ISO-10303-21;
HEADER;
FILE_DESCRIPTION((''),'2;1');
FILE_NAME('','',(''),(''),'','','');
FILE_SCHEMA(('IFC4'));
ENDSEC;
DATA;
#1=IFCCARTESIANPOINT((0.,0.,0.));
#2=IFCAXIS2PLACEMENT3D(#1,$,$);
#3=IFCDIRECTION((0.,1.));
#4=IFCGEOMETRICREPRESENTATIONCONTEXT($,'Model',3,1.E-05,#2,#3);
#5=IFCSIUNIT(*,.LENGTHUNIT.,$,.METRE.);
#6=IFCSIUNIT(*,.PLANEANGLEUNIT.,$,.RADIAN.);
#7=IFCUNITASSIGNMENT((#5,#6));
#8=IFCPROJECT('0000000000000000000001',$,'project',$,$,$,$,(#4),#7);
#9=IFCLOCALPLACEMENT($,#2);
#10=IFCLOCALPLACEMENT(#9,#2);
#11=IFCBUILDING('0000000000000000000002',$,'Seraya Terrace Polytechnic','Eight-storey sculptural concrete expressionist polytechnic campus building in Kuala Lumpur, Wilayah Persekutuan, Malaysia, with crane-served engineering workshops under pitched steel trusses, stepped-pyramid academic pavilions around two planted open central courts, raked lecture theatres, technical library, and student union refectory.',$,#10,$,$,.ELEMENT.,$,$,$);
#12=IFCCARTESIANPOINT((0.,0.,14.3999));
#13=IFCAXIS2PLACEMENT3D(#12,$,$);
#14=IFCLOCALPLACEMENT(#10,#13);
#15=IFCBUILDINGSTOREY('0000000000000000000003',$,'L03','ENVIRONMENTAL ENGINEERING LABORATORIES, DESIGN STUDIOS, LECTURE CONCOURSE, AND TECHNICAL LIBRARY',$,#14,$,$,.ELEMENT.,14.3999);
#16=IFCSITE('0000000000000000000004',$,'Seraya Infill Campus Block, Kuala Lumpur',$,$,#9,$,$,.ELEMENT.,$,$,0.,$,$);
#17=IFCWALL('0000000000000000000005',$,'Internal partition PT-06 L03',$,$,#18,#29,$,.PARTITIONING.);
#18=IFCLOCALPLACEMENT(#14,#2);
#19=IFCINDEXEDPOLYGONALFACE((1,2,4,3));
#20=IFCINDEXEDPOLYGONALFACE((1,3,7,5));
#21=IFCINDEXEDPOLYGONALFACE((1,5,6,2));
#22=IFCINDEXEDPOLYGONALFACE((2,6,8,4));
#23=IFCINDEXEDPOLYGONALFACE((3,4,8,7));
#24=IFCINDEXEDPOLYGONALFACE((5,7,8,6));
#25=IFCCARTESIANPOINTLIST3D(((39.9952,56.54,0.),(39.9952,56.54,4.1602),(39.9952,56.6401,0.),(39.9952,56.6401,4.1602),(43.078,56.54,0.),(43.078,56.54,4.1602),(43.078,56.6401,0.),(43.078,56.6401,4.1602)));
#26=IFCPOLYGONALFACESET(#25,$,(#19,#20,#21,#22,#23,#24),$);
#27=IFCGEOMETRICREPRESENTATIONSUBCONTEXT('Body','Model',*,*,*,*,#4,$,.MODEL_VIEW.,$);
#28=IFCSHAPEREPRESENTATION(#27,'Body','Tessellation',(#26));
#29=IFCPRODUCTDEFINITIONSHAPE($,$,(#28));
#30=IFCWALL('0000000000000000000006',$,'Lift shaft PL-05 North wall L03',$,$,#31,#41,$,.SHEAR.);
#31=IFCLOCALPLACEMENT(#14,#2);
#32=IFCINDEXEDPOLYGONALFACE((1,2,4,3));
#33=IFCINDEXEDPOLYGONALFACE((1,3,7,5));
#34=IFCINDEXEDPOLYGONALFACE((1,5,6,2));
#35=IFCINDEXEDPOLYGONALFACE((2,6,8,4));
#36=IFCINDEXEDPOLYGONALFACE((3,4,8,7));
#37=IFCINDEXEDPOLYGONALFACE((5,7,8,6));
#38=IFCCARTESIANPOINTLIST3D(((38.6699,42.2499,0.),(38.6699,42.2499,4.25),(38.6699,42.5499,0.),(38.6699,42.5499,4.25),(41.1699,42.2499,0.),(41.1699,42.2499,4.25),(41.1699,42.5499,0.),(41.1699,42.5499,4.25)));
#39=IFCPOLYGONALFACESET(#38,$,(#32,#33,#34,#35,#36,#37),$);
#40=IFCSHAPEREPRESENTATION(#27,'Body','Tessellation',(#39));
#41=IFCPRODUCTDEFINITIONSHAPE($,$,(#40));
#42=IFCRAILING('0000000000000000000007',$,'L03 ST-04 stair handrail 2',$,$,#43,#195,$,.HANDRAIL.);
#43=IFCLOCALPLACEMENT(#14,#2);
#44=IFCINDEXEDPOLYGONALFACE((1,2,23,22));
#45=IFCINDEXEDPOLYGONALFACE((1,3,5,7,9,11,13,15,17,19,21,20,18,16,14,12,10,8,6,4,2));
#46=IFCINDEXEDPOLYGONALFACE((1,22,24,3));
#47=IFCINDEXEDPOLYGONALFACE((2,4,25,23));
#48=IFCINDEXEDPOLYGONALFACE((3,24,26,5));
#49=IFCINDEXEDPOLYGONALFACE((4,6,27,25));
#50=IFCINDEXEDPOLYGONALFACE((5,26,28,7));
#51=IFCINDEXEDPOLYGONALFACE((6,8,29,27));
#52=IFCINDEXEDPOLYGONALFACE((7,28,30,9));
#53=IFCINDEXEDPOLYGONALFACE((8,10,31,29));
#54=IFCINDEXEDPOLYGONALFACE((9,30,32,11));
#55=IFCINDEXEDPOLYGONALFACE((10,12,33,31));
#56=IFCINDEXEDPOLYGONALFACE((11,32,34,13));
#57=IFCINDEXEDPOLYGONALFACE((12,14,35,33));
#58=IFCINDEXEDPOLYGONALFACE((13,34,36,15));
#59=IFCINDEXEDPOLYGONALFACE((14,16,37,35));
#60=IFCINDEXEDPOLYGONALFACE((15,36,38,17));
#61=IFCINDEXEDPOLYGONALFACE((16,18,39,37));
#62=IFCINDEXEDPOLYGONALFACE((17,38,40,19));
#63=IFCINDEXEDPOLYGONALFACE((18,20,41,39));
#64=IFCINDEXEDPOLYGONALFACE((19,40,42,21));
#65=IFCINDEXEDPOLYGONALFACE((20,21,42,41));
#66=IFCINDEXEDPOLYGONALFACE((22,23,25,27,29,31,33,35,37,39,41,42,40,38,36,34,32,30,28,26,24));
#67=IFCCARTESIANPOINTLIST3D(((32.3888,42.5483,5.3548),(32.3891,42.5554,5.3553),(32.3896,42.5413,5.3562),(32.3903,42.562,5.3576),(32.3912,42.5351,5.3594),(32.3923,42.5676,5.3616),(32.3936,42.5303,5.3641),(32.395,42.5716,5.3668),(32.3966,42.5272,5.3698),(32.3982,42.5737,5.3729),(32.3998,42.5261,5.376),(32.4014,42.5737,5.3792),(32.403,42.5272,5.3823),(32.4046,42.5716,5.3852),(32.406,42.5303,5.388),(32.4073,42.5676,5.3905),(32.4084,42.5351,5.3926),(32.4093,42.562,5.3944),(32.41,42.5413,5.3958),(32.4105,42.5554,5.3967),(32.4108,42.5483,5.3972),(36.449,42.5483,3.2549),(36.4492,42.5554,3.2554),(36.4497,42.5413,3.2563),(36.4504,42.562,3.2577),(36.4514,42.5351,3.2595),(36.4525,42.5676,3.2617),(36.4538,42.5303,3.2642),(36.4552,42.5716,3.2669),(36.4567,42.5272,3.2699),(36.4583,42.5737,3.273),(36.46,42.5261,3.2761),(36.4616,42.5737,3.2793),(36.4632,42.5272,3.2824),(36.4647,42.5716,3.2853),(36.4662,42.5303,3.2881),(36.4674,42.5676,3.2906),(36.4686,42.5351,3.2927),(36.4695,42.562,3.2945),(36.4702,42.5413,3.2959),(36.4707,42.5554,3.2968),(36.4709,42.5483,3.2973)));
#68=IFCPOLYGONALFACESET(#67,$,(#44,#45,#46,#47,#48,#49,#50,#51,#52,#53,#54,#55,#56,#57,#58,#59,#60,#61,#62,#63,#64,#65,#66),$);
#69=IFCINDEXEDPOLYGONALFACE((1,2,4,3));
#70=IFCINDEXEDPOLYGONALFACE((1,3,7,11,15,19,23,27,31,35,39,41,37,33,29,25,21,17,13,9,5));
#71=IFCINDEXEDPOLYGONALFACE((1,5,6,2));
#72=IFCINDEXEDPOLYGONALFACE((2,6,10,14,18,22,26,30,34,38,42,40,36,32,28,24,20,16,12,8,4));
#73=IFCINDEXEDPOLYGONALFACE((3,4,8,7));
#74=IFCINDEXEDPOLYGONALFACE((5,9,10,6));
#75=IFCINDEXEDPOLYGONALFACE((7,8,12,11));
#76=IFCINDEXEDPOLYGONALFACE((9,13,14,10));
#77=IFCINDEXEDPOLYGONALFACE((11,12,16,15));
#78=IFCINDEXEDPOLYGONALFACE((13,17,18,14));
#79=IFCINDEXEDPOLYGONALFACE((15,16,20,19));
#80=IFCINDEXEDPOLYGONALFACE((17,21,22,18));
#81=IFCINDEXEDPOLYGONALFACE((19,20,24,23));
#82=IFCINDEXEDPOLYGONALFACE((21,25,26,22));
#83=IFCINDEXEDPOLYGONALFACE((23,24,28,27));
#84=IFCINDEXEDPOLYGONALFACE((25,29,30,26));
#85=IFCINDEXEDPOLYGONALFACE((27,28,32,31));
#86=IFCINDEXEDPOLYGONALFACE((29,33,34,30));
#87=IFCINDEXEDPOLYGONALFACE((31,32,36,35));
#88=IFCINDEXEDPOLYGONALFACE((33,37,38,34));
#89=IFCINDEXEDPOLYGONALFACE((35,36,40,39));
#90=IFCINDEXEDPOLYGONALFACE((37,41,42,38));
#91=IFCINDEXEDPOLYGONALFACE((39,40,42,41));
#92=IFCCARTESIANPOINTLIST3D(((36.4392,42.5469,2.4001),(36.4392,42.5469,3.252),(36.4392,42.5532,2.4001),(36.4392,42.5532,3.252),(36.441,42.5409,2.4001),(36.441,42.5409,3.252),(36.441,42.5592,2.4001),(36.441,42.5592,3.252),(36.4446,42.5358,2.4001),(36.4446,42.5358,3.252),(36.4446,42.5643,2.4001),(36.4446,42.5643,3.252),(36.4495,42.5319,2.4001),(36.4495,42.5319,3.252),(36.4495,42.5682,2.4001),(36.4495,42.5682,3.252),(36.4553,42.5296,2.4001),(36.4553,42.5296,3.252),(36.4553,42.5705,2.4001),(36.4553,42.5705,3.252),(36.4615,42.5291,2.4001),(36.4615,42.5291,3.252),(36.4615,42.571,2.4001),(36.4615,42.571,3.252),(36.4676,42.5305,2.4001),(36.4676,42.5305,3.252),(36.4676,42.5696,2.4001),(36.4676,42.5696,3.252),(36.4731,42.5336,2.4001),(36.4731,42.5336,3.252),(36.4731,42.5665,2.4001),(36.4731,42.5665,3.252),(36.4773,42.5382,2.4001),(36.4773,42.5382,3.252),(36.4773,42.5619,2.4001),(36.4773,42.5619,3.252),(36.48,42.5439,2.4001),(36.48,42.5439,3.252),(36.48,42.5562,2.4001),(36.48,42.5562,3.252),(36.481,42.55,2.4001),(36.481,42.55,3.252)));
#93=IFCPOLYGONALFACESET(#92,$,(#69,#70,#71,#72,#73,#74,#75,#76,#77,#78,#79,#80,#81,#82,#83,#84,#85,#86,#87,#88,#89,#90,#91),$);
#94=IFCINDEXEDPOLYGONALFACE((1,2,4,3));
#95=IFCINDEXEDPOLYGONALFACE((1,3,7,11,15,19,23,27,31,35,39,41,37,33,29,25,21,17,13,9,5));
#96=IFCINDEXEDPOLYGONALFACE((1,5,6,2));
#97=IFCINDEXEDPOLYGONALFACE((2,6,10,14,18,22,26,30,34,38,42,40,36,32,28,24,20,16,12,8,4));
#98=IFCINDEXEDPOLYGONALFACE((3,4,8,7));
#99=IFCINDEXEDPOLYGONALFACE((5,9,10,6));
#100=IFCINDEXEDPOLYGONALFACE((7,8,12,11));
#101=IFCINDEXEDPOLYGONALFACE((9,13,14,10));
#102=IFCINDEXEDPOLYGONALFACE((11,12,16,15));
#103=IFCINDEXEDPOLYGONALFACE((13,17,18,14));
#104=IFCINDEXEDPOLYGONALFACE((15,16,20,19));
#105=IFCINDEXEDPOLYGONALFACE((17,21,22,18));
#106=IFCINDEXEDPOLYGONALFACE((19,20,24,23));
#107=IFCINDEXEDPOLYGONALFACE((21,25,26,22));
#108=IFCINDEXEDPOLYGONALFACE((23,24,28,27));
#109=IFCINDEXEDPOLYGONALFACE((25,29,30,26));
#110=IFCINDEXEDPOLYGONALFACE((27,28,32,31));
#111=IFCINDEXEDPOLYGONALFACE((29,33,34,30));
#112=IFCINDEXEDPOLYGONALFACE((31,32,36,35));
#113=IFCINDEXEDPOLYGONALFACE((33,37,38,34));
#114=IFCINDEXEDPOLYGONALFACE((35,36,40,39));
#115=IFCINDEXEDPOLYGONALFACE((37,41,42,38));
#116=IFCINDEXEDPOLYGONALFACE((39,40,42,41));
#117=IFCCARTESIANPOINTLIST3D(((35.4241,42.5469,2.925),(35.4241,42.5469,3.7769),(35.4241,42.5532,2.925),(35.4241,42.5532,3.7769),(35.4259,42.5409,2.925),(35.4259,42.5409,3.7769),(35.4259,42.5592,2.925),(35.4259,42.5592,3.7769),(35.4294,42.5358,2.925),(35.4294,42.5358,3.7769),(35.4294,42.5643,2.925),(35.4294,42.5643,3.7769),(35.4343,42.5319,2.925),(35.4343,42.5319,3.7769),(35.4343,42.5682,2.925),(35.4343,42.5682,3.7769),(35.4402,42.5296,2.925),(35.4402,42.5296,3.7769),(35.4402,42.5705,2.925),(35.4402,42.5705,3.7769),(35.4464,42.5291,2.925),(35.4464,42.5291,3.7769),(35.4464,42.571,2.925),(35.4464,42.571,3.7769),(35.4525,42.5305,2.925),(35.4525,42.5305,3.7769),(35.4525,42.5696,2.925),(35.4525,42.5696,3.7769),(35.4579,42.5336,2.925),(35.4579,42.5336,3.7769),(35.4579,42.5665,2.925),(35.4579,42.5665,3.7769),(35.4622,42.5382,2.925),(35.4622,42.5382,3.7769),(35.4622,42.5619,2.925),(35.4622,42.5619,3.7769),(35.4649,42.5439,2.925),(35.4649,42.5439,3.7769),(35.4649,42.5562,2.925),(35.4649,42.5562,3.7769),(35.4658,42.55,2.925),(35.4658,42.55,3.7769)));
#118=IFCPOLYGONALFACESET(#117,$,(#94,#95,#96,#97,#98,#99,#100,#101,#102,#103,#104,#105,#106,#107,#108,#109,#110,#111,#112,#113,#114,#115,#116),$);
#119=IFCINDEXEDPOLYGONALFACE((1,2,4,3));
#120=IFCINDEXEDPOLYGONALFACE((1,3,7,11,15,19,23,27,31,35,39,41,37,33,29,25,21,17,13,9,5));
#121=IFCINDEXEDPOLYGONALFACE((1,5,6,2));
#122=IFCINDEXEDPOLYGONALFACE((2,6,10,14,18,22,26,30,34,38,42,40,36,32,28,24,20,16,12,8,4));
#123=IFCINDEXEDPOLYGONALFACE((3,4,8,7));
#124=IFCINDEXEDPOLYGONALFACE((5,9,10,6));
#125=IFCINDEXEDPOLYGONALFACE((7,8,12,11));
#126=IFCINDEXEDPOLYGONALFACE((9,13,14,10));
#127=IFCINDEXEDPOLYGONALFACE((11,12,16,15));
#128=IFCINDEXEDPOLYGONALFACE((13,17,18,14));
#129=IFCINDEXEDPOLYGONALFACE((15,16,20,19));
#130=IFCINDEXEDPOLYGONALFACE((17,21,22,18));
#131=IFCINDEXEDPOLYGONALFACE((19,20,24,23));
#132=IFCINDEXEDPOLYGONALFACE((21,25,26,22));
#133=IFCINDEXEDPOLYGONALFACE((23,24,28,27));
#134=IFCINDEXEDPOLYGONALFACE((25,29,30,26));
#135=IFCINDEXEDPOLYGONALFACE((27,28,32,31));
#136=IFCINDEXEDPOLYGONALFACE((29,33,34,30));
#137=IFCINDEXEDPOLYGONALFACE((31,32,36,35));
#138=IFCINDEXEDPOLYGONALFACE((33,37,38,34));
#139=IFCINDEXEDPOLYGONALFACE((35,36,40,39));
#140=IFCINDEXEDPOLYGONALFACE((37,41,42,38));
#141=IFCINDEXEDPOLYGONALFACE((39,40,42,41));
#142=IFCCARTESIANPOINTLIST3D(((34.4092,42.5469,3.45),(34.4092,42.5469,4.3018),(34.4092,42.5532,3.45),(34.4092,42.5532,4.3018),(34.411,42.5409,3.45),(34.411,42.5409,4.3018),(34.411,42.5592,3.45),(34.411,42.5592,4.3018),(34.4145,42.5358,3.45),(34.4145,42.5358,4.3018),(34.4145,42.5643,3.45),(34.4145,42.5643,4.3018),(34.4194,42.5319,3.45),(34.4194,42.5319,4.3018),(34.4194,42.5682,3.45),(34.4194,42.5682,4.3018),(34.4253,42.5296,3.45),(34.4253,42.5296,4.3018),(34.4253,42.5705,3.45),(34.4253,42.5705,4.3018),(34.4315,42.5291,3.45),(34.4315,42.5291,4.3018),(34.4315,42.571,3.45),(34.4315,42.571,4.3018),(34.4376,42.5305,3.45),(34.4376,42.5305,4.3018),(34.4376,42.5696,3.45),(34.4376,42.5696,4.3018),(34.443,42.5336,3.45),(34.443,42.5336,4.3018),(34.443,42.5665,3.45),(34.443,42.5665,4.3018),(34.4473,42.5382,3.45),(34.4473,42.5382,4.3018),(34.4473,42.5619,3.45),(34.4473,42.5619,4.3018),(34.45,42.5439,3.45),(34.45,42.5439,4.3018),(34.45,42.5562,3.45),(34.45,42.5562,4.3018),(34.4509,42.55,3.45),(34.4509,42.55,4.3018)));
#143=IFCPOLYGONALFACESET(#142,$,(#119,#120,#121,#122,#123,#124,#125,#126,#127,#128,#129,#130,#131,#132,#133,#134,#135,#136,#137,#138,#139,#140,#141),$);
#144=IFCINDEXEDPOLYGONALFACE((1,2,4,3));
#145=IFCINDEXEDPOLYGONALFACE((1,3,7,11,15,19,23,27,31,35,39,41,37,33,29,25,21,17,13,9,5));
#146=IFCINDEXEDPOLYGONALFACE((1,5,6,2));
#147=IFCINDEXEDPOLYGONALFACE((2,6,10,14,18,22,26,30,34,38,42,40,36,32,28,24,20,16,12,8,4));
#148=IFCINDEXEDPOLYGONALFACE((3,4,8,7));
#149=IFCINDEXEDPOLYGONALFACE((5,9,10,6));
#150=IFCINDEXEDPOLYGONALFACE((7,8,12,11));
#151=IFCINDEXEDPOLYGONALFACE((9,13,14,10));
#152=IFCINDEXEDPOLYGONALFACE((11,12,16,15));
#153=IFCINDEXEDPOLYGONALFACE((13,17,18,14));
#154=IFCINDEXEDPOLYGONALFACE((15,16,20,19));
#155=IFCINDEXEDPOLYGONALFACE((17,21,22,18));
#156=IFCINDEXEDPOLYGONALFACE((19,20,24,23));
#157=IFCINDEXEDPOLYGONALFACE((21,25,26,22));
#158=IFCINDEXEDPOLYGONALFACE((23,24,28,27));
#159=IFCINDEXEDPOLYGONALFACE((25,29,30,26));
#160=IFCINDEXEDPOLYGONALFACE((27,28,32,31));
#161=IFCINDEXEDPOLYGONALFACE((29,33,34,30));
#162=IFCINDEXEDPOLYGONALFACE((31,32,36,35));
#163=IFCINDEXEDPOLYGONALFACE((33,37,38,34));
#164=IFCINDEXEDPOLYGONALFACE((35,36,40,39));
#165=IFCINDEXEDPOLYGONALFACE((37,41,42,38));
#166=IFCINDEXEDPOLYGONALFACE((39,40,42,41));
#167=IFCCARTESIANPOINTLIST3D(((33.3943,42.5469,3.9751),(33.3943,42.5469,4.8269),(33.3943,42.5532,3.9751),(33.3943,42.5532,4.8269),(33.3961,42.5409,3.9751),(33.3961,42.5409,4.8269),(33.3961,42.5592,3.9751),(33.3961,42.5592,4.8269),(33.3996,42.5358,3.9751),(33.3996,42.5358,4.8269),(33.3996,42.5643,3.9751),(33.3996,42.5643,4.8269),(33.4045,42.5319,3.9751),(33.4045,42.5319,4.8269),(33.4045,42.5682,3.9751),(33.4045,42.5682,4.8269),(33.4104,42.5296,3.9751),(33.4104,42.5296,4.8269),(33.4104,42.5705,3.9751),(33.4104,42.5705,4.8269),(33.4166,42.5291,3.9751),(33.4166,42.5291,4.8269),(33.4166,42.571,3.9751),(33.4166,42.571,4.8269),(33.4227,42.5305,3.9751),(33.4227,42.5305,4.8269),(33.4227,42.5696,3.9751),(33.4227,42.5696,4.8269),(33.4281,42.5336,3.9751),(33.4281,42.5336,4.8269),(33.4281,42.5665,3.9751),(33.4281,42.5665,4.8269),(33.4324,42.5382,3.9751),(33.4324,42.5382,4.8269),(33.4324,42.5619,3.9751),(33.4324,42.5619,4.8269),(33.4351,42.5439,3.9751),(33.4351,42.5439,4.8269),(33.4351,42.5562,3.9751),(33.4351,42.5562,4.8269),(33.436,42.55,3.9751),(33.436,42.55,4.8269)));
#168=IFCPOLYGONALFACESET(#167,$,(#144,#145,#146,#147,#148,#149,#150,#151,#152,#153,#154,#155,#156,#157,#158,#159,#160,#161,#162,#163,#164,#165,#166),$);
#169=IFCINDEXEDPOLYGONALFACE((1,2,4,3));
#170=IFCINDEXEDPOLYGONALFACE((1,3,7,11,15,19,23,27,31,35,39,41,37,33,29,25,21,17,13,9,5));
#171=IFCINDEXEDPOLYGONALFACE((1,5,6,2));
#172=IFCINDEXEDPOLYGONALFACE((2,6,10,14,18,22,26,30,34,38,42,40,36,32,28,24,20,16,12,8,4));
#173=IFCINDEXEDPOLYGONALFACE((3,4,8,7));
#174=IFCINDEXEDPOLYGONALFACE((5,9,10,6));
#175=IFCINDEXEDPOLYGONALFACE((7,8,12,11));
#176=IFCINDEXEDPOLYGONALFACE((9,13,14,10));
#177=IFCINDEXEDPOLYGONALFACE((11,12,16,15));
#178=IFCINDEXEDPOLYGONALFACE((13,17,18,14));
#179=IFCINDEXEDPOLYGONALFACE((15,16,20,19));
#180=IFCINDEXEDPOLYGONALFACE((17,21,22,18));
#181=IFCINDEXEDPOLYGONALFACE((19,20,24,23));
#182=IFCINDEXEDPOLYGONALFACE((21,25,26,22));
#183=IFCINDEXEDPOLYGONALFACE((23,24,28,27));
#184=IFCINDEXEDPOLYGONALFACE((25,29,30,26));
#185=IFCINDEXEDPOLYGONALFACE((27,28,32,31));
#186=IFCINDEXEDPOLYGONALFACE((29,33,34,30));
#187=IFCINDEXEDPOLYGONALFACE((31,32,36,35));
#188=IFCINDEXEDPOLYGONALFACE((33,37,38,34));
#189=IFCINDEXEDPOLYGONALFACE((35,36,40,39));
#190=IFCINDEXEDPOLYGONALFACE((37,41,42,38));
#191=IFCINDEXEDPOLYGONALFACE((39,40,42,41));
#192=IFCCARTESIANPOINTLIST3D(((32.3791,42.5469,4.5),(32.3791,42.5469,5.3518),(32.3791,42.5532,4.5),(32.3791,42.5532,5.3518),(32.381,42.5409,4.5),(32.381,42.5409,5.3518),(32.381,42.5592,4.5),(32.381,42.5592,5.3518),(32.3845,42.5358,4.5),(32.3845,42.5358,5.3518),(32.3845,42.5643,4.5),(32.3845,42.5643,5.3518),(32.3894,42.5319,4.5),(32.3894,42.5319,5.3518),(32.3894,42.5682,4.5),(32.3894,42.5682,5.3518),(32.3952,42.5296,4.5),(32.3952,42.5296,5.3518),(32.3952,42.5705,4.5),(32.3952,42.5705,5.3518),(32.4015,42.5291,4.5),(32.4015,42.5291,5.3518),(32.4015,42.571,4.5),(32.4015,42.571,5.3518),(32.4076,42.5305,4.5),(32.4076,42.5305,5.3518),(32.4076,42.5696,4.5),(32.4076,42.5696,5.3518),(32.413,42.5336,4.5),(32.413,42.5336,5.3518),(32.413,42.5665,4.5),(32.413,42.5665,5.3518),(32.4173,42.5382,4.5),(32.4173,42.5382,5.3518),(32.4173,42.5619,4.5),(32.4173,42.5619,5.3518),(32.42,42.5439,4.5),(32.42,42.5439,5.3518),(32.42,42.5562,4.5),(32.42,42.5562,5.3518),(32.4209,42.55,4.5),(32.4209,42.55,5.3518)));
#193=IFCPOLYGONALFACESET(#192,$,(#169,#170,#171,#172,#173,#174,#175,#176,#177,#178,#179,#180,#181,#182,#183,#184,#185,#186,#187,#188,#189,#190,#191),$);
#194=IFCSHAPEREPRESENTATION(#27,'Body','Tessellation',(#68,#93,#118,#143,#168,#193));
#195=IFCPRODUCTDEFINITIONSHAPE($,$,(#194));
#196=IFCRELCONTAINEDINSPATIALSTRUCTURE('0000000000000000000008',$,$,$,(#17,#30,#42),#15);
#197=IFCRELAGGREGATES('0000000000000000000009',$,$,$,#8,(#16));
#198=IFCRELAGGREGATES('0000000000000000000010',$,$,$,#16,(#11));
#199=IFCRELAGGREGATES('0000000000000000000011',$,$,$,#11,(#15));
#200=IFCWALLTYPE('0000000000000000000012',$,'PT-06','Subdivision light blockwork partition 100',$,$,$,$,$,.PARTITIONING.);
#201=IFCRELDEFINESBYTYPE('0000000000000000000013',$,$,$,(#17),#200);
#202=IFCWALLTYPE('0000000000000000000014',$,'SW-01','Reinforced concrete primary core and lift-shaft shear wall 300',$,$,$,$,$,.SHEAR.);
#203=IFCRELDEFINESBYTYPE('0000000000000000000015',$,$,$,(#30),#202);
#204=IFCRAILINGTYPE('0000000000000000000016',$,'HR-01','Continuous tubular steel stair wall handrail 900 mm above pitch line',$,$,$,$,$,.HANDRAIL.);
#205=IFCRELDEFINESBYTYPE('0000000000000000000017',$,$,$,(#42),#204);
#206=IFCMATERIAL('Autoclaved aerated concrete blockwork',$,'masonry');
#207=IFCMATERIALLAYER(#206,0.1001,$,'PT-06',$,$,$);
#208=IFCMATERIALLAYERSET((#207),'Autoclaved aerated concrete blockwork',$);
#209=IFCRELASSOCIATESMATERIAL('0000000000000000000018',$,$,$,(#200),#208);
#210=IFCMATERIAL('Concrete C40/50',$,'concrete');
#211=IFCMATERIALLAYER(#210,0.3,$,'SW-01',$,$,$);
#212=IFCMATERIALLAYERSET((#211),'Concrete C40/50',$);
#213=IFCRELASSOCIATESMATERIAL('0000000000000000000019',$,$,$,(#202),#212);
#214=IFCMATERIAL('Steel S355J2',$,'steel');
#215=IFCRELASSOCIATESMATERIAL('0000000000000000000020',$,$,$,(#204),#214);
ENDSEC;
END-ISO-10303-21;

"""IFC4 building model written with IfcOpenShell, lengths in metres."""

from ifc_helpers import new_model, si_unit, direction, frame, frame_2d, origin, origin_2d, place, context, subcontext, project, spatial, rectangle, circle, extrude, material, layer, layer_set, type_object, element, save


model = new_model("IFC4")

# Units and contexts
model_context = context("Model", 3, precision=1e-05, world=origin(), true_north=direction((0.0, 1.0)))
body_context = subcontext(model_context, "Body", "Model", "MODEL_VIEW")
ifc_project = project(units=[si_unit("LENGTHUNIT", "METRE"), si_unit("PLANEANGLEUNIT", "RADIAN")], contexts=[model_context])

# Site, building, storey
site_placement = place(None, origin())
site = spatial("IfcSite", under=ifc_project, at=site_placement, Name="Seraya Infill Campus Block, Kuala Lumpur", CompositionType="ELEMENT", RefElevation=0.0)
building_placement = place(site_placement, origin())
building = spatial("IfcBuilding", under=site, at=building_placement, Name="Seraya Terrace Polytechnic", Description="Eight-storey sculptural concrete expressionist polytechnic campus building in Kuala Lumpur, Wilayah Persekutuan, Malaysia, with crane-served engineering workshops under pitched steel trusses, stepped-pyramid academic pavilions around two planted open central courts, raked lecture theatres, technical library, and student union refectory.", CompositionType="ELEMENT")
storey_placement = place(building_placement, frame((0.0, 0.0, 14.3999)))
storey = spatial("IfcBuildingStorey", under=building, at=storey_placement, Name="L03", Description="ENVIRONMENTAL ENGINEERING LABORATORIES, DESIGN STUDIOS, LECTURE CONCOURSE, AND TECHNICAL LIBRARY", CompositionType="ELEMENT", Elevation=14.3999)

# Shared definitions
ifc_material_1 = material(Name="Concrete C40/50", Category="concrete")

# Shared definitions
ifc_material_2 = material(Name="Autoclaved aerated concrete blockwork", Category="masonry")

# Walls
ifc_layer_1 = layer(ifc_material_2, 0.1001, Name="PT-06")
ifc_layer_set_1 = layer_set([ifc_layer_1], Name="Autoclaved aerated concrete blockwork")
wall_type_1 = type_object("IfcWallType", Name="PT-06", Description="Subdivision light blockwork partition 100", PredefinedType="PARTITIONING", material=ifc_layer_set_1)
wall_1_placement = place(storey_placement, frame((39.9951, 56.5901, 0.0), z_axis=(0.0, 0.0, 1.0), x_axis=(1.0, 0.0, 0.0)))
element("IfcWall", 1, at=wall_1_placement, inside=storey, type_object=wall_type_1, Name="Internal partition PT-06 L03", PredefinedType="PARTITIONING", context=body_context, shape_type="SweptSolid", body=[
    extrude(rectangle(XDim=3.0828, YDim=0.1001, at=frame_2d((1.5415, 0.0))), origin(), (0.0, 0.0, 1.0), 4.1602),
])
ifc_layer_2 = layer(ifc_material_1, 0.3, Name="SW-01")
ifc_layer_set_2 = layer_set([ifc_layer_2], Name="Concrete C40/50")
wall_type_2 = type_object("IfcWallType", Name="SW-01", Description="Reinforced concrete primary core and lift-shaft shear wall 300", PredefinedType="SHEAR", material=ifc_layer_set_2)
wall_2_placement = place(storey_placement, frame((38.6699, 42.3999, 0.0), z_axis=(0.0, 0.0, 1.0), x_axis=(1.0, 0.0, 0.0)))
element("IfcWall", 2, at=wall_2_placement, inside=storey, type_object=wall_type_2, Name="Lift shaft PL-05 North wall L03", PredefinedType="SHEAR", context=body_context, shape_type="SweptSolid", body=[
    extrude(rectangle(XDim=2.5, YDim=0.3, at=frame_2d((1.25, 0.0))), origin(), (0.0, 0.0, 1.0), 4.25),
])

# Railing
ifc_material_3 = material(Name="Steel S355J2", Category="steel")
railing_type = type_object("IfcRailingType", Name="HR-01", Description="Continuous tubular steel stair wall handrail 900 mm above pitch line", PredefinedType="HANDRAIL", material=ifc_material_3)
railing_placement = place(storey_placement, frame((36.46, 42.55, 2.4001)))
element("IfcRailing", 3, at=railing_placement, inside=storey, type_object=railing_type, Name="L03 ST-04 stair handrail 2", PredefinedType="HANDRAIL", context=body_context, shape_type="SweptSolid", body=[
    extrude(circle(Radius=0.0239, at=origin_2d()), frame((0.0, 0.0, 0.876), z_axis=(-0.888233, 0.0, 0.459392), x_axis=(0.0, -1.0, 0.0)), (0.0, 0.0, 1.0), 4.571),
    extrude(circle(Radius=0.021, at=origin_2d()), origin(), (0.0, 0.0, 1.0), 0.8518),
    extrude(circle(Radius=0.021, at=origin_2d()), frame((-1.0151, 0.0, 0.5249)), (0.0, 0.0, 1.0), 0.8518),
    extrude(circle(Radius=0.021, at=origin_2d()), frame((-2.03, 0.0, 1.0498)), (0.0, 0.0, 1.0), 0.8518),
    extrude(circle(Radius=0.021, at=origin_2d()), frame((-3.0449, 0.0, 1.575)), (0.0, 0.0, 1.0), 0.8518),
    extrude(circle(Radius=0.021, at=origin_2d()), frame((-4.0601, 0.0, 2.0999)), (0.0, 0.0, 1.0), 0.8518),
])

save(model, "model.ifc")
